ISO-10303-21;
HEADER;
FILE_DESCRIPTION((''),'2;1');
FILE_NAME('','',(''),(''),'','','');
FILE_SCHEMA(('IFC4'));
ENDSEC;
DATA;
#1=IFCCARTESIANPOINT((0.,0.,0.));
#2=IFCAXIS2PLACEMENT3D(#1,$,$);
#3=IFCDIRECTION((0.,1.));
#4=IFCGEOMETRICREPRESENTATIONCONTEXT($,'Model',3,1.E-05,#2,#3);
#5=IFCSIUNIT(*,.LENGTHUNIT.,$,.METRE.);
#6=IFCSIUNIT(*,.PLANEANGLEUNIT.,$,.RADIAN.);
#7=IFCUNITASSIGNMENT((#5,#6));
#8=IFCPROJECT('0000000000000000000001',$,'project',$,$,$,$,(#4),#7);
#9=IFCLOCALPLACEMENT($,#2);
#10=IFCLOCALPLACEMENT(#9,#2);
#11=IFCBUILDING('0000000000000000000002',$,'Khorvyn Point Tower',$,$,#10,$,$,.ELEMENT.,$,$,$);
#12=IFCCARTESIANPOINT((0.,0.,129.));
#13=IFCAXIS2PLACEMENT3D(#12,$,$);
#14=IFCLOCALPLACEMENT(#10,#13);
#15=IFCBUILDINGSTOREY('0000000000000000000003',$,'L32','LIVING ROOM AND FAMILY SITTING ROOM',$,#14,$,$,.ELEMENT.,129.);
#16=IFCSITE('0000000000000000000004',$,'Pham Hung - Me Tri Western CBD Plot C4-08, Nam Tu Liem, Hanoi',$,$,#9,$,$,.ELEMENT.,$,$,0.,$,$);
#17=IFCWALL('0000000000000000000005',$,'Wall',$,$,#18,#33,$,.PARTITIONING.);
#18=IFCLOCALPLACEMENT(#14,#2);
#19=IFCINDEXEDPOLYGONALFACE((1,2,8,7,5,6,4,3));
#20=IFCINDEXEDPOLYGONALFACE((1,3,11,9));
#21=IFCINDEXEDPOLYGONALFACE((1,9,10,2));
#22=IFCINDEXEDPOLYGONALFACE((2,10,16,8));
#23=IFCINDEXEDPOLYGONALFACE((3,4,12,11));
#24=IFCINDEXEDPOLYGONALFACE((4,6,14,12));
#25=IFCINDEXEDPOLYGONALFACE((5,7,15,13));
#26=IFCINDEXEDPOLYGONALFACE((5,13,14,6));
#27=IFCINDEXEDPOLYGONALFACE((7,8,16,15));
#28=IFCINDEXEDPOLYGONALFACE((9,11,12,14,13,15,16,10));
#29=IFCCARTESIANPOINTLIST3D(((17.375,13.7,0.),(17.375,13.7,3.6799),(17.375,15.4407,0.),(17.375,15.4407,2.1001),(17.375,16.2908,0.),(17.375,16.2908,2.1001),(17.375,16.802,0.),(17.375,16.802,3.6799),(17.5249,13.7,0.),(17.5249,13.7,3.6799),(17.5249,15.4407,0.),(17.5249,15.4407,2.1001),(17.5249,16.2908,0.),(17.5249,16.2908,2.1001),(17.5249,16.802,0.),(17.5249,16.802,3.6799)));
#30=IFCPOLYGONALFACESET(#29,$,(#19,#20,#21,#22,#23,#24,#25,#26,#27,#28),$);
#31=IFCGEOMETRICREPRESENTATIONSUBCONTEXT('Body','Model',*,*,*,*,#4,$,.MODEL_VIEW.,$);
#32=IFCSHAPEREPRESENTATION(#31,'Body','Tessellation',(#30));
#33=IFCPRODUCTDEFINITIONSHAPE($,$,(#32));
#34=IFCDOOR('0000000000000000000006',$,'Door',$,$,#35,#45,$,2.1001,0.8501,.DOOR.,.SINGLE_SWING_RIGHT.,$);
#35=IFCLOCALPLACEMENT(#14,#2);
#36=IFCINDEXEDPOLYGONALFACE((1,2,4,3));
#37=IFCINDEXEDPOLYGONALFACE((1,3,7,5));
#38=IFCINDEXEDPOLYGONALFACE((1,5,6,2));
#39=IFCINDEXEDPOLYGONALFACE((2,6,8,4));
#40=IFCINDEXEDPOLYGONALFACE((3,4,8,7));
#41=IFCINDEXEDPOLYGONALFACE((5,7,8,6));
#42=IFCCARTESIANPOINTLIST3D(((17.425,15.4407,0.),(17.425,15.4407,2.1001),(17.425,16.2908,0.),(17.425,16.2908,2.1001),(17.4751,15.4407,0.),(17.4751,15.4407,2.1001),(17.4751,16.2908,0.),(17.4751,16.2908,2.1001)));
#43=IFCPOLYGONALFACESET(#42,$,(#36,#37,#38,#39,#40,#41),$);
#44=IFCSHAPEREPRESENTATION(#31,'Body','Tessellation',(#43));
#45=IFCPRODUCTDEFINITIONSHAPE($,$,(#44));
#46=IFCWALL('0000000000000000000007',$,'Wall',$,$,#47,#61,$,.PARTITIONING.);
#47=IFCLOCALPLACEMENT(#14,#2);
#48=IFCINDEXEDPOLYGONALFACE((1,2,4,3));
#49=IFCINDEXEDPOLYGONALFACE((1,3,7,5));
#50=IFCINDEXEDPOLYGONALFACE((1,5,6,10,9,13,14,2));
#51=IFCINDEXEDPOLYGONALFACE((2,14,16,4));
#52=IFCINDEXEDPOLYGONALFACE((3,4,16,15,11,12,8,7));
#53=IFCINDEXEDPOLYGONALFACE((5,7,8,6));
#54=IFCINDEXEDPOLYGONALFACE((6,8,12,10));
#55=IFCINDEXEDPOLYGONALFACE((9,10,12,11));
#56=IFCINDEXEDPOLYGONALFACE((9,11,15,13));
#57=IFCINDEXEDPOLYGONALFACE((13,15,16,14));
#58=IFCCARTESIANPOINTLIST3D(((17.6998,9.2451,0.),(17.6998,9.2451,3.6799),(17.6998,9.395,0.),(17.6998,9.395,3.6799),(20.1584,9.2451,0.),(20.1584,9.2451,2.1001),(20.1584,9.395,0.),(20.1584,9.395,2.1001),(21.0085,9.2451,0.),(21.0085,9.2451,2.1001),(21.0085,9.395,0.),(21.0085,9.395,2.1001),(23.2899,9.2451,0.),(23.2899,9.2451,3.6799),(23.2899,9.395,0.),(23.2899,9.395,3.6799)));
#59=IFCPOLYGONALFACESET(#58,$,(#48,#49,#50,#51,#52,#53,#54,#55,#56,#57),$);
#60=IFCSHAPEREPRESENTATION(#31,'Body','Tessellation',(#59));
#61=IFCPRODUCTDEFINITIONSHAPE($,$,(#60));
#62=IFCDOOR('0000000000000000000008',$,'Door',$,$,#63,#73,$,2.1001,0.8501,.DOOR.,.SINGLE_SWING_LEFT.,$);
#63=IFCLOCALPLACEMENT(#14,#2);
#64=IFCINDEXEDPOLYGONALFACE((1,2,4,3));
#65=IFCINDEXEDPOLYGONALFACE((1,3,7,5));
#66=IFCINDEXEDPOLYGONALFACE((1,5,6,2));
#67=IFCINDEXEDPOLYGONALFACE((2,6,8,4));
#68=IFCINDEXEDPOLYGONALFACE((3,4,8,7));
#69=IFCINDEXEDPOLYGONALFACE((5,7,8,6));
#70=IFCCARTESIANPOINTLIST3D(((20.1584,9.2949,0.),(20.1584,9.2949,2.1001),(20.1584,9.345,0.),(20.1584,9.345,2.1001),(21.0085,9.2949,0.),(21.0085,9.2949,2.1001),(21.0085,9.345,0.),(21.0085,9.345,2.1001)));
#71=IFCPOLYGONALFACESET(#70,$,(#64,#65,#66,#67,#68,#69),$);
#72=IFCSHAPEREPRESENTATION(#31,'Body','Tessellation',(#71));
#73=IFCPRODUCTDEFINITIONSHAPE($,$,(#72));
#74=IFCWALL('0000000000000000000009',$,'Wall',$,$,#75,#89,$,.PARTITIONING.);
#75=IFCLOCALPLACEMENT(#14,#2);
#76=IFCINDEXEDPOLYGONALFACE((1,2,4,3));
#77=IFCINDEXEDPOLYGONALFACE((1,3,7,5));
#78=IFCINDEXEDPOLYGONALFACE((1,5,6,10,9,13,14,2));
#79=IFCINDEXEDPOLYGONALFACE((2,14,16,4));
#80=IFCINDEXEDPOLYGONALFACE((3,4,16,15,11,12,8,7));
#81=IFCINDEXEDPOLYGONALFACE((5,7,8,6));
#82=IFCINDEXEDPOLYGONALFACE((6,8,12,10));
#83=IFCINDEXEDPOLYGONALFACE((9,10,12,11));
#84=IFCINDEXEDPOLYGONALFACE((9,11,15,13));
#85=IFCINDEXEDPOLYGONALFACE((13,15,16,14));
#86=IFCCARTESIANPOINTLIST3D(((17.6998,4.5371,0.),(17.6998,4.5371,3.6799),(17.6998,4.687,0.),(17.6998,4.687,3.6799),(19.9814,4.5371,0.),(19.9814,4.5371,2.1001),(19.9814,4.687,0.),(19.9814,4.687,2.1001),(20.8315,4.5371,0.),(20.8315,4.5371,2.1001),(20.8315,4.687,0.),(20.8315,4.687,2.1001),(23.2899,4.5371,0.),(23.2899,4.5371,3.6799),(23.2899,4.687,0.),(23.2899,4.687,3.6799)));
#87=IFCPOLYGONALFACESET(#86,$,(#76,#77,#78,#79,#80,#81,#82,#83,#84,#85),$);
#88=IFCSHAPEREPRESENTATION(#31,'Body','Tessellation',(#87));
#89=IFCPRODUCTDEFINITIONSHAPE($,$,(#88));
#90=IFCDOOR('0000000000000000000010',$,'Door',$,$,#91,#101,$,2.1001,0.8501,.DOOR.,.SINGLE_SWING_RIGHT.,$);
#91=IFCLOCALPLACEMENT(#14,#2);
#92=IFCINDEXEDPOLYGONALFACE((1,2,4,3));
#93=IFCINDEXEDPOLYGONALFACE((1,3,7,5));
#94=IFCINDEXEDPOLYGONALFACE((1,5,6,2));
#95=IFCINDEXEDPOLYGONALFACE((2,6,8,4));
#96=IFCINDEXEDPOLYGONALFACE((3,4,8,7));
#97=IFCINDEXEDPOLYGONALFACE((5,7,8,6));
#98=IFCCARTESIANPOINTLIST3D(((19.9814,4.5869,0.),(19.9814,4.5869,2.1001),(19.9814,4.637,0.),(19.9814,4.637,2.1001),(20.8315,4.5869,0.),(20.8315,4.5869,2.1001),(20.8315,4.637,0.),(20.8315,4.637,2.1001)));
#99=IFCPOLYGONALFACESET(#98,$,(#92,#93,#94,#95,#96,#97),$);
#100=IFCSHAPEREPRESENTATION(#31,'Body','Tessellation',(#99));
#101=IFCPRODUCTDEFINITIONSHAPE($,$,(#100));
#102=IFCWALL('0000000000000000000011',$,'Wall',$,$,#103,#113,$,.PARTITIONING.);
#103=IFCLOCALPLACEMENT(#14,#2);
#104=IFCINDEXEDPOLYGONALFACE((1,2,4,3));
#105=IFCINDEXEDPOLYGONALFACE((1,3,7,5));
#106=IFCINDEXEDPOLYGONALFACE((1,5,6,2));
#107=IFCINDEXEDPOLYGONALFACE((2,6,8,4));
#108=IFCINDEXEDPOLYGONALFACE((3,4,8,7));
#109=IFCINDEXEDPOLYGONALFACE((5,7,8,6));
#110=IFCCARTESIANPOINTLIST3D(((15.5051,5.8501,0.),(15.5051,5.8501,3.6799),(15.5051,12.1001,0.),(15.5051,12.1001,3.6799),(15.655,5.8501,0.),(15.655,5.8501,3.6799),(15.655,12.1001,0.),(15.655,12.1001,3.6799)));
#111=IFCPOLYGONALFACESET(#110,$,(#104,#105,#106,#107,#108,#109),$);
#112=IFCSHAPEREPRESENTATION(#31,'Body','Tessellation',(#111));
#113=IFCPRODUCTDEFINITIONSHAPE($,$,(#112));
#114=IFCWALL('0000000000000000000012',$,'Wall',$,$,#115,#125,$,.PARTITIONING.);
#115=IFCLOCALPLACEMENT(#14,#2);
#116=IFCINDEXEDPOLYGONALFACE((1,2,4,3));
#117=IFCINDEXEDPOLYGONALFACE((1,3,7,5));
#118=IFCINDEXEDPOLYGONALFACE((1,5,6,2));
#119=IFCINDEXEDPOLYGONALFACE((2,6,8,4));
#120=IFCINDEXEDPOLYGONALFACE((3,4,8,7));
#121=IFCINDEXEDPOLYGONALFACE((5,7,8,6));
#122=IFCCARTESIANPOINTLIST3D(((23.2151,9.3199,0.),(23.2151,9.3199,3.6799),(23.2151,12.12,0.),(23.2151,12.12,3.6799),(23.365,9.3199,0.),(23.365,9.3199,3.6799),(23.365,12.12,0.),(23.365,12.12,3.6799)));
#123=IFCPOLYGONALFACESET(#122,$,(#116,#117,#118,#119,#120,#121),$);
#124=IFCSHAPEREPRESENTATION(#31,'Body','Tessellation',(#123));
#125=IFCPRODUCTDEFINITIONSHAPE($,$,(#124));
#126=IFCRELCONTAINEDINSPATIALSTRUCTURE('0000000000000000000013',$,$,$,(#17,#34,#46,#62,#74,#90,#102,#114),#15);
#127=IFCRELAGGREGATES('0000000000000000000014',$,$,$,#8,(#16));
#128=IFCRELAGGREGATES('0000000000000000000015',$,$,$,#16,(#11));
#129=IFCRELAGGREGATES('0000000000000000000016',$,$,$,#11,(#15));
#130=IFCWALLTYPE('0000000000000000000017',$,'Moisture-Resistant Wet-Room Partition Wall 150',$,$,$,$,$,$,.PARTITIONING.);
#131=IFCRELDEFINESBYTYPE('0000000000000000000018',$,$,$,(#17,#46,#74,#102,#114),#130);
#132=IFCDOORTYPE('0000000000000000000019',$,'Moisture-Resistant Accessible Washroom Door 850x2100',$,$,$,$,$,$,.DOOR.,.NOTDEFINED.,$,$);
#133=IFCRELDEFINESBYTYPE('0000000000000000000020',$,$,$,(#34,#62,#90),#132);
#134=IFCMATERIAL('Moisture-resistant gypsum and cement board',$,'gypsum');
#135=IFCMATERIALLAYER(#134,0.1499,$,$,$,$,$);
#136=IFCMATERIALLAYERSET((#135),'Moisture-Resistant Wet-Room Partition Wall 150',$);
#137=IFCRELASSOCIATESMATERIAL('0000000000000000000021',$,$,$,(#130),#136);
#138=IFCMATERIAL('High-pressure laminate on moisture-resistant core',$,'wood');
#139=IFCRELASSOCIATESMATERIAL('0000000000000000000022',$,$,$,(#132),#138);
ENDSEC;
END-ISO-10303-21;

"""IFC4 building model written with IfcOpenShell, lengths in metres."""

from ifc_helpers import new_model, si_unit, direction, frame, frame_2d, origin, place, context, subcontext, project, spatial, rectangle, extrude, material, layer, layer_set, type_object, element, fill, save


model = new_model("IFC4")

# Units and contexts
model_context = context("Model", 3, precision=1e-05, world=origin(), true_north=direction((0.0, 1.0)))
body_context = subcontext(model_context, "Body", "Model", "MODEL_VIEW")
ifc_project = project(units=[si_unit("LENGTHUNIT", "METRE"), si_unit("PLANEANGLEUNIT", "RADIAN")], contexts=[model_context])

# Site, building, storey
site_placement = place(None, origin())
site = spatial("IfcSite", under=ifc_project, at=site_placement, Name="Pham Hung - Me Tri Western CBD Plot C4-08, Nam Tu Liem, Hanoi", CompositionType="ELEMENT", RefElevation=0.0)
building_placement = place(site_placement, origin())
building = spatial("IfcBuilding", under=site, at=building_placement, Name="Khorvyn Point Tower", CompositionType="ELEMENT")
storey_placement = place(building_placement, frame((0.0, 0.0, 129.0)))
storey = spatial("IfcBuildingStorey", under=building, at=storey_placement, Name="L32", Description="LIVING ROOM AND FAMILY SITTING ROOM", CompositionType="ELEMENT", Elevation=129.0)

# Walls, openings, doors
ifc_material_1 = material(Name="Moisture-resistant gypsum and cement board", Category="gypsum")
ifc_layer_1 = layer(ifc_material_1, 0.1499)
ifc_layer_set_1 = layer_set([ifc_layer_1], Name="Moisture-Resistant Wet-Room Partition Wall 150")
wall_type_1 = type_object("IfcWallType", Name="Moisture-Resistant Wet-Room Partition Wall 150", PredefinedType="PARTITIONING", material=ifc_layer_set_1)
wall_1_placement = place(storey_placement, frame((17.45, 13.7, 0.0), z_axis=(0.0, 0.0, 1.0), x_axis=(0.0, 1.0, 0.0)))
wall_1 = element("IfcWall", 1, at=wall_1_placement, inside=storey, type_object=wall_type_1, Name="Wall", PredefinedType="PARTITIONING", context=body_context, shape_type="SweptSolid", body=[
    extrude(rectangle(XDim=3.1021, YDim=0.1499, at=frame_2d((1.551, 0.0))), origin(), (0.0, 0.0, 1.0), 3.6799),
])
opening_1_placement = place(wall_1_placement, frame((1.7407, 0.0, 0.0)))
opening_1 = element("IfcOpeningElement", 2, at=opening_1_placement, cuts=wall_1, PredefinedType="OPENING", context=body_context, shape_type="SweptSolid", body=[
    extrude(rectangle(XDim=0.8501, YDim=2.1001, at=frame_2d((0.425, 1.05))), frame((0.0, 0.085, 0.0), z_axis=(0.0, -1.0, 0.0), x_axis=(1.0, 0.0, 0.0)), (0.0, 0.0, 1.0), 0.1699),
])
ifc_material_2 = material(Name="High-pressure laminate on moisture-resistant core", Category="wood")
door_type_1 = type_object("IfcDoorType", Name="Moisture-Resistant Accessible Washroom Door 850x2100", OperationType="NOTDEFINED", PredefinedType="DOOR", material=ifc_material_2)
door_1_placement = place(opening_1_placement, origin())
door_1 = element("IfcDoor", 3, at=door_1_placement, inside=storey, type_object=door_type_1, Name="Door", OperationType="SINGLE_SWING_RIGHT", OverallHeight=2.1001, OverallWidth=0.8501, PredefinedType="DOOR", context=body_context, shape_type="SweptSolid", body=[
    extrude(rectangle(XDim=0.8501, YDim=2.1001, at=frame_2d((0.425, 1.05))), frame((0.0, 0.0249, 0.0), z_axis=(0.0, -1.0, 0.0), x_axis=(1.0, 0.0, 0.0)), (0.0, 0.0, 1.0), 0.05),
])
fill(opening_1, door_1)
wall_2_placement = place(storey_placement, frame((17.7, 9.3201, 0.0), z_axis=(0.0, 0.0, 1.0), x_axis=(1.0, 0.0, 0.0)))
wall_2 = element("IfcWall", 4, at=wall_2_placement, inside=storey, type_object=wall_type_1, Name="Wall", PredefinedType="PARTITIONING", context=body_context, shape_type="SweptSolid", body=[
    extrude(rectangle(XDim=5.5901, YDim=0.1499, at=frame_2d((2.7949, 0.0))), origin(), (0.0, 0.0, 1.0), 3.6799),
])
opening_2_placement = place(wall_2_placement, frame((2.4585, 0.0, 0.0)))
opening_2 = element("IfcOpeningElement", 5, at=opening_2_placement, cuts=wall_2, PredefinedType="OPENING", context=body_context, shape_type="SweptSolid", body=[
    extrude(rectangle(XDim=0.8501, YDim=2.1001, at=frame_2d((0.425, 1.05))), frame((0.0, 0.085, 0.0), z_axis=(0.0, -1.0, 0.0), x_axis=(1.0, 0.0, 0.0)), (0.0, 0.0, 1.0), 0.1699),
])
door_2_placement = place(opening_2_placement, origin())
door_2 = element("IfcDoor", 6, at=door_2_placement, inside=storey, type_object=door_type_1, Name="Door", OperationType="SINGLE_SWING_LEFT", OverallHeight=2.1001, OverallWidth=0.8501, PredefinedType="DOOR", context=body_context, shape_type="SweptSolid", body=[
    extrude(rectangle(XDim=0.8501, YDim=2.1001, at=frame_2d((0.425, 1.05))), frame((0.0, 0.0249, 0.0), z_axis=(0.0, -1.0, 0.0), x_axis=(1.0, 0.0, 0.0)), (0.0, 0.0, 1.0), 0.05),
])
fill(opening_2, door_2)
wall_3_placement = place(storey_placement, frame((17.7, 4.6121, 0.0), z_axis=(0.0, 0.0, 1.0), x_axis=(1.0, 0.0, 0.0)))
wall_3 = element("IfcWall", 7, at=wall_3_placement, inside=storey, type_object=wall_type_1, Name="Wall", PredefinedType="PARTITIONING", context=body_context, shape_type="SweptSolid", body=[
    extrude(rectangle(XDim=5.5901, YDim=0.1499, at=frame_2d((2.7949, 0.0))), origin(), (0.0, 0.0, 1.0), 3.6799),
])
opening_3_placement = place(wall_3_placement, frame((2.2815, 0.0, 0.0)))
opening_3 = element("IfcOpeningElement", 8, at=opening_3_placement, cuts=wall_3, PredefinedType="OPENING", context=body_context, shape_type="SweptSolid", body=[
    extrude(rectangle(XDim=0.8501, YDim=2.1001, at=frame_2d((0.425, 1.05))), frame((0.0, 0.085, 0.0), z_axis=(0.0, -1.0, 0.0), x_axis=(1.0, 0.0, 0.0)), (0.0, 0.0, 1.0), 0.1699),
])
door_3_placement = place(opening_3_placement, origin())
door_3 = element("IfcDoor", 9, at=door_3_placement, inside=storey, type_object=door_type_1, Name="Door", OperationType="SINGLE_SWING_RIGHT", OverallHeight=2.1001, OverallWidth=0.8501, PredefinedType="DOOR", context=body_context, shape_type="SweptSolid", body=[
    extrude(rectangle(XDim=0.8501, YDim=2.1001, at=frame_2d((0.425, 1.05))), frame((0.0, 0.0249, 0.0), z_axis=(0.0, -1.0, 0.0), x_axis=(1.0, 0.0, 0.0)), (0.0, 0.0, 1.0), 0.05),
])
fill(opening_3, door_3)

# Walls
wall_4_placement = place(storey_placement, frame((15.5801, 5.8501, 0.0), z_axis=(0.0, 0.0, 1.0), x_axis=(0.0, 1.0, 0.0)))
element("IfcWall", 10, at=wall_4_placement, inside=storey, type_object=wall_type_1, Name="Wall", PredefinedType="PARTITIONING", context=body_context, shape_type="SweptSolid", body=[
    extrude(rectangle(XDim=6.25, YDim=0.1499, at=frame_2d((3.125, 0.0))), origin(), (0.0, 0.0, 1.0), 3.6799),
])
wall_5_placement = place(storey_placement, frame((23.29, 9.3201, 0.0), z_axis=(0.0, 0.0, 1.0), x_axis=(0.0, 1.0, 0.0)))
element("IfcWall", 11, at=wall_5_placement, inside=storey, type_object=wall_type_1, Name="Wall", PredefinedType="PARTITIONING", context=body_context, shape_type="SweptSolid", body=[
    extrude(rectangle(XDim=2.8, YDim=0.1499, at=frame_2d((1.3999, 0.0))), origin(), (0.0, 0.0, 1.0), 3.6799),
])

save(model, "model.ifc")
